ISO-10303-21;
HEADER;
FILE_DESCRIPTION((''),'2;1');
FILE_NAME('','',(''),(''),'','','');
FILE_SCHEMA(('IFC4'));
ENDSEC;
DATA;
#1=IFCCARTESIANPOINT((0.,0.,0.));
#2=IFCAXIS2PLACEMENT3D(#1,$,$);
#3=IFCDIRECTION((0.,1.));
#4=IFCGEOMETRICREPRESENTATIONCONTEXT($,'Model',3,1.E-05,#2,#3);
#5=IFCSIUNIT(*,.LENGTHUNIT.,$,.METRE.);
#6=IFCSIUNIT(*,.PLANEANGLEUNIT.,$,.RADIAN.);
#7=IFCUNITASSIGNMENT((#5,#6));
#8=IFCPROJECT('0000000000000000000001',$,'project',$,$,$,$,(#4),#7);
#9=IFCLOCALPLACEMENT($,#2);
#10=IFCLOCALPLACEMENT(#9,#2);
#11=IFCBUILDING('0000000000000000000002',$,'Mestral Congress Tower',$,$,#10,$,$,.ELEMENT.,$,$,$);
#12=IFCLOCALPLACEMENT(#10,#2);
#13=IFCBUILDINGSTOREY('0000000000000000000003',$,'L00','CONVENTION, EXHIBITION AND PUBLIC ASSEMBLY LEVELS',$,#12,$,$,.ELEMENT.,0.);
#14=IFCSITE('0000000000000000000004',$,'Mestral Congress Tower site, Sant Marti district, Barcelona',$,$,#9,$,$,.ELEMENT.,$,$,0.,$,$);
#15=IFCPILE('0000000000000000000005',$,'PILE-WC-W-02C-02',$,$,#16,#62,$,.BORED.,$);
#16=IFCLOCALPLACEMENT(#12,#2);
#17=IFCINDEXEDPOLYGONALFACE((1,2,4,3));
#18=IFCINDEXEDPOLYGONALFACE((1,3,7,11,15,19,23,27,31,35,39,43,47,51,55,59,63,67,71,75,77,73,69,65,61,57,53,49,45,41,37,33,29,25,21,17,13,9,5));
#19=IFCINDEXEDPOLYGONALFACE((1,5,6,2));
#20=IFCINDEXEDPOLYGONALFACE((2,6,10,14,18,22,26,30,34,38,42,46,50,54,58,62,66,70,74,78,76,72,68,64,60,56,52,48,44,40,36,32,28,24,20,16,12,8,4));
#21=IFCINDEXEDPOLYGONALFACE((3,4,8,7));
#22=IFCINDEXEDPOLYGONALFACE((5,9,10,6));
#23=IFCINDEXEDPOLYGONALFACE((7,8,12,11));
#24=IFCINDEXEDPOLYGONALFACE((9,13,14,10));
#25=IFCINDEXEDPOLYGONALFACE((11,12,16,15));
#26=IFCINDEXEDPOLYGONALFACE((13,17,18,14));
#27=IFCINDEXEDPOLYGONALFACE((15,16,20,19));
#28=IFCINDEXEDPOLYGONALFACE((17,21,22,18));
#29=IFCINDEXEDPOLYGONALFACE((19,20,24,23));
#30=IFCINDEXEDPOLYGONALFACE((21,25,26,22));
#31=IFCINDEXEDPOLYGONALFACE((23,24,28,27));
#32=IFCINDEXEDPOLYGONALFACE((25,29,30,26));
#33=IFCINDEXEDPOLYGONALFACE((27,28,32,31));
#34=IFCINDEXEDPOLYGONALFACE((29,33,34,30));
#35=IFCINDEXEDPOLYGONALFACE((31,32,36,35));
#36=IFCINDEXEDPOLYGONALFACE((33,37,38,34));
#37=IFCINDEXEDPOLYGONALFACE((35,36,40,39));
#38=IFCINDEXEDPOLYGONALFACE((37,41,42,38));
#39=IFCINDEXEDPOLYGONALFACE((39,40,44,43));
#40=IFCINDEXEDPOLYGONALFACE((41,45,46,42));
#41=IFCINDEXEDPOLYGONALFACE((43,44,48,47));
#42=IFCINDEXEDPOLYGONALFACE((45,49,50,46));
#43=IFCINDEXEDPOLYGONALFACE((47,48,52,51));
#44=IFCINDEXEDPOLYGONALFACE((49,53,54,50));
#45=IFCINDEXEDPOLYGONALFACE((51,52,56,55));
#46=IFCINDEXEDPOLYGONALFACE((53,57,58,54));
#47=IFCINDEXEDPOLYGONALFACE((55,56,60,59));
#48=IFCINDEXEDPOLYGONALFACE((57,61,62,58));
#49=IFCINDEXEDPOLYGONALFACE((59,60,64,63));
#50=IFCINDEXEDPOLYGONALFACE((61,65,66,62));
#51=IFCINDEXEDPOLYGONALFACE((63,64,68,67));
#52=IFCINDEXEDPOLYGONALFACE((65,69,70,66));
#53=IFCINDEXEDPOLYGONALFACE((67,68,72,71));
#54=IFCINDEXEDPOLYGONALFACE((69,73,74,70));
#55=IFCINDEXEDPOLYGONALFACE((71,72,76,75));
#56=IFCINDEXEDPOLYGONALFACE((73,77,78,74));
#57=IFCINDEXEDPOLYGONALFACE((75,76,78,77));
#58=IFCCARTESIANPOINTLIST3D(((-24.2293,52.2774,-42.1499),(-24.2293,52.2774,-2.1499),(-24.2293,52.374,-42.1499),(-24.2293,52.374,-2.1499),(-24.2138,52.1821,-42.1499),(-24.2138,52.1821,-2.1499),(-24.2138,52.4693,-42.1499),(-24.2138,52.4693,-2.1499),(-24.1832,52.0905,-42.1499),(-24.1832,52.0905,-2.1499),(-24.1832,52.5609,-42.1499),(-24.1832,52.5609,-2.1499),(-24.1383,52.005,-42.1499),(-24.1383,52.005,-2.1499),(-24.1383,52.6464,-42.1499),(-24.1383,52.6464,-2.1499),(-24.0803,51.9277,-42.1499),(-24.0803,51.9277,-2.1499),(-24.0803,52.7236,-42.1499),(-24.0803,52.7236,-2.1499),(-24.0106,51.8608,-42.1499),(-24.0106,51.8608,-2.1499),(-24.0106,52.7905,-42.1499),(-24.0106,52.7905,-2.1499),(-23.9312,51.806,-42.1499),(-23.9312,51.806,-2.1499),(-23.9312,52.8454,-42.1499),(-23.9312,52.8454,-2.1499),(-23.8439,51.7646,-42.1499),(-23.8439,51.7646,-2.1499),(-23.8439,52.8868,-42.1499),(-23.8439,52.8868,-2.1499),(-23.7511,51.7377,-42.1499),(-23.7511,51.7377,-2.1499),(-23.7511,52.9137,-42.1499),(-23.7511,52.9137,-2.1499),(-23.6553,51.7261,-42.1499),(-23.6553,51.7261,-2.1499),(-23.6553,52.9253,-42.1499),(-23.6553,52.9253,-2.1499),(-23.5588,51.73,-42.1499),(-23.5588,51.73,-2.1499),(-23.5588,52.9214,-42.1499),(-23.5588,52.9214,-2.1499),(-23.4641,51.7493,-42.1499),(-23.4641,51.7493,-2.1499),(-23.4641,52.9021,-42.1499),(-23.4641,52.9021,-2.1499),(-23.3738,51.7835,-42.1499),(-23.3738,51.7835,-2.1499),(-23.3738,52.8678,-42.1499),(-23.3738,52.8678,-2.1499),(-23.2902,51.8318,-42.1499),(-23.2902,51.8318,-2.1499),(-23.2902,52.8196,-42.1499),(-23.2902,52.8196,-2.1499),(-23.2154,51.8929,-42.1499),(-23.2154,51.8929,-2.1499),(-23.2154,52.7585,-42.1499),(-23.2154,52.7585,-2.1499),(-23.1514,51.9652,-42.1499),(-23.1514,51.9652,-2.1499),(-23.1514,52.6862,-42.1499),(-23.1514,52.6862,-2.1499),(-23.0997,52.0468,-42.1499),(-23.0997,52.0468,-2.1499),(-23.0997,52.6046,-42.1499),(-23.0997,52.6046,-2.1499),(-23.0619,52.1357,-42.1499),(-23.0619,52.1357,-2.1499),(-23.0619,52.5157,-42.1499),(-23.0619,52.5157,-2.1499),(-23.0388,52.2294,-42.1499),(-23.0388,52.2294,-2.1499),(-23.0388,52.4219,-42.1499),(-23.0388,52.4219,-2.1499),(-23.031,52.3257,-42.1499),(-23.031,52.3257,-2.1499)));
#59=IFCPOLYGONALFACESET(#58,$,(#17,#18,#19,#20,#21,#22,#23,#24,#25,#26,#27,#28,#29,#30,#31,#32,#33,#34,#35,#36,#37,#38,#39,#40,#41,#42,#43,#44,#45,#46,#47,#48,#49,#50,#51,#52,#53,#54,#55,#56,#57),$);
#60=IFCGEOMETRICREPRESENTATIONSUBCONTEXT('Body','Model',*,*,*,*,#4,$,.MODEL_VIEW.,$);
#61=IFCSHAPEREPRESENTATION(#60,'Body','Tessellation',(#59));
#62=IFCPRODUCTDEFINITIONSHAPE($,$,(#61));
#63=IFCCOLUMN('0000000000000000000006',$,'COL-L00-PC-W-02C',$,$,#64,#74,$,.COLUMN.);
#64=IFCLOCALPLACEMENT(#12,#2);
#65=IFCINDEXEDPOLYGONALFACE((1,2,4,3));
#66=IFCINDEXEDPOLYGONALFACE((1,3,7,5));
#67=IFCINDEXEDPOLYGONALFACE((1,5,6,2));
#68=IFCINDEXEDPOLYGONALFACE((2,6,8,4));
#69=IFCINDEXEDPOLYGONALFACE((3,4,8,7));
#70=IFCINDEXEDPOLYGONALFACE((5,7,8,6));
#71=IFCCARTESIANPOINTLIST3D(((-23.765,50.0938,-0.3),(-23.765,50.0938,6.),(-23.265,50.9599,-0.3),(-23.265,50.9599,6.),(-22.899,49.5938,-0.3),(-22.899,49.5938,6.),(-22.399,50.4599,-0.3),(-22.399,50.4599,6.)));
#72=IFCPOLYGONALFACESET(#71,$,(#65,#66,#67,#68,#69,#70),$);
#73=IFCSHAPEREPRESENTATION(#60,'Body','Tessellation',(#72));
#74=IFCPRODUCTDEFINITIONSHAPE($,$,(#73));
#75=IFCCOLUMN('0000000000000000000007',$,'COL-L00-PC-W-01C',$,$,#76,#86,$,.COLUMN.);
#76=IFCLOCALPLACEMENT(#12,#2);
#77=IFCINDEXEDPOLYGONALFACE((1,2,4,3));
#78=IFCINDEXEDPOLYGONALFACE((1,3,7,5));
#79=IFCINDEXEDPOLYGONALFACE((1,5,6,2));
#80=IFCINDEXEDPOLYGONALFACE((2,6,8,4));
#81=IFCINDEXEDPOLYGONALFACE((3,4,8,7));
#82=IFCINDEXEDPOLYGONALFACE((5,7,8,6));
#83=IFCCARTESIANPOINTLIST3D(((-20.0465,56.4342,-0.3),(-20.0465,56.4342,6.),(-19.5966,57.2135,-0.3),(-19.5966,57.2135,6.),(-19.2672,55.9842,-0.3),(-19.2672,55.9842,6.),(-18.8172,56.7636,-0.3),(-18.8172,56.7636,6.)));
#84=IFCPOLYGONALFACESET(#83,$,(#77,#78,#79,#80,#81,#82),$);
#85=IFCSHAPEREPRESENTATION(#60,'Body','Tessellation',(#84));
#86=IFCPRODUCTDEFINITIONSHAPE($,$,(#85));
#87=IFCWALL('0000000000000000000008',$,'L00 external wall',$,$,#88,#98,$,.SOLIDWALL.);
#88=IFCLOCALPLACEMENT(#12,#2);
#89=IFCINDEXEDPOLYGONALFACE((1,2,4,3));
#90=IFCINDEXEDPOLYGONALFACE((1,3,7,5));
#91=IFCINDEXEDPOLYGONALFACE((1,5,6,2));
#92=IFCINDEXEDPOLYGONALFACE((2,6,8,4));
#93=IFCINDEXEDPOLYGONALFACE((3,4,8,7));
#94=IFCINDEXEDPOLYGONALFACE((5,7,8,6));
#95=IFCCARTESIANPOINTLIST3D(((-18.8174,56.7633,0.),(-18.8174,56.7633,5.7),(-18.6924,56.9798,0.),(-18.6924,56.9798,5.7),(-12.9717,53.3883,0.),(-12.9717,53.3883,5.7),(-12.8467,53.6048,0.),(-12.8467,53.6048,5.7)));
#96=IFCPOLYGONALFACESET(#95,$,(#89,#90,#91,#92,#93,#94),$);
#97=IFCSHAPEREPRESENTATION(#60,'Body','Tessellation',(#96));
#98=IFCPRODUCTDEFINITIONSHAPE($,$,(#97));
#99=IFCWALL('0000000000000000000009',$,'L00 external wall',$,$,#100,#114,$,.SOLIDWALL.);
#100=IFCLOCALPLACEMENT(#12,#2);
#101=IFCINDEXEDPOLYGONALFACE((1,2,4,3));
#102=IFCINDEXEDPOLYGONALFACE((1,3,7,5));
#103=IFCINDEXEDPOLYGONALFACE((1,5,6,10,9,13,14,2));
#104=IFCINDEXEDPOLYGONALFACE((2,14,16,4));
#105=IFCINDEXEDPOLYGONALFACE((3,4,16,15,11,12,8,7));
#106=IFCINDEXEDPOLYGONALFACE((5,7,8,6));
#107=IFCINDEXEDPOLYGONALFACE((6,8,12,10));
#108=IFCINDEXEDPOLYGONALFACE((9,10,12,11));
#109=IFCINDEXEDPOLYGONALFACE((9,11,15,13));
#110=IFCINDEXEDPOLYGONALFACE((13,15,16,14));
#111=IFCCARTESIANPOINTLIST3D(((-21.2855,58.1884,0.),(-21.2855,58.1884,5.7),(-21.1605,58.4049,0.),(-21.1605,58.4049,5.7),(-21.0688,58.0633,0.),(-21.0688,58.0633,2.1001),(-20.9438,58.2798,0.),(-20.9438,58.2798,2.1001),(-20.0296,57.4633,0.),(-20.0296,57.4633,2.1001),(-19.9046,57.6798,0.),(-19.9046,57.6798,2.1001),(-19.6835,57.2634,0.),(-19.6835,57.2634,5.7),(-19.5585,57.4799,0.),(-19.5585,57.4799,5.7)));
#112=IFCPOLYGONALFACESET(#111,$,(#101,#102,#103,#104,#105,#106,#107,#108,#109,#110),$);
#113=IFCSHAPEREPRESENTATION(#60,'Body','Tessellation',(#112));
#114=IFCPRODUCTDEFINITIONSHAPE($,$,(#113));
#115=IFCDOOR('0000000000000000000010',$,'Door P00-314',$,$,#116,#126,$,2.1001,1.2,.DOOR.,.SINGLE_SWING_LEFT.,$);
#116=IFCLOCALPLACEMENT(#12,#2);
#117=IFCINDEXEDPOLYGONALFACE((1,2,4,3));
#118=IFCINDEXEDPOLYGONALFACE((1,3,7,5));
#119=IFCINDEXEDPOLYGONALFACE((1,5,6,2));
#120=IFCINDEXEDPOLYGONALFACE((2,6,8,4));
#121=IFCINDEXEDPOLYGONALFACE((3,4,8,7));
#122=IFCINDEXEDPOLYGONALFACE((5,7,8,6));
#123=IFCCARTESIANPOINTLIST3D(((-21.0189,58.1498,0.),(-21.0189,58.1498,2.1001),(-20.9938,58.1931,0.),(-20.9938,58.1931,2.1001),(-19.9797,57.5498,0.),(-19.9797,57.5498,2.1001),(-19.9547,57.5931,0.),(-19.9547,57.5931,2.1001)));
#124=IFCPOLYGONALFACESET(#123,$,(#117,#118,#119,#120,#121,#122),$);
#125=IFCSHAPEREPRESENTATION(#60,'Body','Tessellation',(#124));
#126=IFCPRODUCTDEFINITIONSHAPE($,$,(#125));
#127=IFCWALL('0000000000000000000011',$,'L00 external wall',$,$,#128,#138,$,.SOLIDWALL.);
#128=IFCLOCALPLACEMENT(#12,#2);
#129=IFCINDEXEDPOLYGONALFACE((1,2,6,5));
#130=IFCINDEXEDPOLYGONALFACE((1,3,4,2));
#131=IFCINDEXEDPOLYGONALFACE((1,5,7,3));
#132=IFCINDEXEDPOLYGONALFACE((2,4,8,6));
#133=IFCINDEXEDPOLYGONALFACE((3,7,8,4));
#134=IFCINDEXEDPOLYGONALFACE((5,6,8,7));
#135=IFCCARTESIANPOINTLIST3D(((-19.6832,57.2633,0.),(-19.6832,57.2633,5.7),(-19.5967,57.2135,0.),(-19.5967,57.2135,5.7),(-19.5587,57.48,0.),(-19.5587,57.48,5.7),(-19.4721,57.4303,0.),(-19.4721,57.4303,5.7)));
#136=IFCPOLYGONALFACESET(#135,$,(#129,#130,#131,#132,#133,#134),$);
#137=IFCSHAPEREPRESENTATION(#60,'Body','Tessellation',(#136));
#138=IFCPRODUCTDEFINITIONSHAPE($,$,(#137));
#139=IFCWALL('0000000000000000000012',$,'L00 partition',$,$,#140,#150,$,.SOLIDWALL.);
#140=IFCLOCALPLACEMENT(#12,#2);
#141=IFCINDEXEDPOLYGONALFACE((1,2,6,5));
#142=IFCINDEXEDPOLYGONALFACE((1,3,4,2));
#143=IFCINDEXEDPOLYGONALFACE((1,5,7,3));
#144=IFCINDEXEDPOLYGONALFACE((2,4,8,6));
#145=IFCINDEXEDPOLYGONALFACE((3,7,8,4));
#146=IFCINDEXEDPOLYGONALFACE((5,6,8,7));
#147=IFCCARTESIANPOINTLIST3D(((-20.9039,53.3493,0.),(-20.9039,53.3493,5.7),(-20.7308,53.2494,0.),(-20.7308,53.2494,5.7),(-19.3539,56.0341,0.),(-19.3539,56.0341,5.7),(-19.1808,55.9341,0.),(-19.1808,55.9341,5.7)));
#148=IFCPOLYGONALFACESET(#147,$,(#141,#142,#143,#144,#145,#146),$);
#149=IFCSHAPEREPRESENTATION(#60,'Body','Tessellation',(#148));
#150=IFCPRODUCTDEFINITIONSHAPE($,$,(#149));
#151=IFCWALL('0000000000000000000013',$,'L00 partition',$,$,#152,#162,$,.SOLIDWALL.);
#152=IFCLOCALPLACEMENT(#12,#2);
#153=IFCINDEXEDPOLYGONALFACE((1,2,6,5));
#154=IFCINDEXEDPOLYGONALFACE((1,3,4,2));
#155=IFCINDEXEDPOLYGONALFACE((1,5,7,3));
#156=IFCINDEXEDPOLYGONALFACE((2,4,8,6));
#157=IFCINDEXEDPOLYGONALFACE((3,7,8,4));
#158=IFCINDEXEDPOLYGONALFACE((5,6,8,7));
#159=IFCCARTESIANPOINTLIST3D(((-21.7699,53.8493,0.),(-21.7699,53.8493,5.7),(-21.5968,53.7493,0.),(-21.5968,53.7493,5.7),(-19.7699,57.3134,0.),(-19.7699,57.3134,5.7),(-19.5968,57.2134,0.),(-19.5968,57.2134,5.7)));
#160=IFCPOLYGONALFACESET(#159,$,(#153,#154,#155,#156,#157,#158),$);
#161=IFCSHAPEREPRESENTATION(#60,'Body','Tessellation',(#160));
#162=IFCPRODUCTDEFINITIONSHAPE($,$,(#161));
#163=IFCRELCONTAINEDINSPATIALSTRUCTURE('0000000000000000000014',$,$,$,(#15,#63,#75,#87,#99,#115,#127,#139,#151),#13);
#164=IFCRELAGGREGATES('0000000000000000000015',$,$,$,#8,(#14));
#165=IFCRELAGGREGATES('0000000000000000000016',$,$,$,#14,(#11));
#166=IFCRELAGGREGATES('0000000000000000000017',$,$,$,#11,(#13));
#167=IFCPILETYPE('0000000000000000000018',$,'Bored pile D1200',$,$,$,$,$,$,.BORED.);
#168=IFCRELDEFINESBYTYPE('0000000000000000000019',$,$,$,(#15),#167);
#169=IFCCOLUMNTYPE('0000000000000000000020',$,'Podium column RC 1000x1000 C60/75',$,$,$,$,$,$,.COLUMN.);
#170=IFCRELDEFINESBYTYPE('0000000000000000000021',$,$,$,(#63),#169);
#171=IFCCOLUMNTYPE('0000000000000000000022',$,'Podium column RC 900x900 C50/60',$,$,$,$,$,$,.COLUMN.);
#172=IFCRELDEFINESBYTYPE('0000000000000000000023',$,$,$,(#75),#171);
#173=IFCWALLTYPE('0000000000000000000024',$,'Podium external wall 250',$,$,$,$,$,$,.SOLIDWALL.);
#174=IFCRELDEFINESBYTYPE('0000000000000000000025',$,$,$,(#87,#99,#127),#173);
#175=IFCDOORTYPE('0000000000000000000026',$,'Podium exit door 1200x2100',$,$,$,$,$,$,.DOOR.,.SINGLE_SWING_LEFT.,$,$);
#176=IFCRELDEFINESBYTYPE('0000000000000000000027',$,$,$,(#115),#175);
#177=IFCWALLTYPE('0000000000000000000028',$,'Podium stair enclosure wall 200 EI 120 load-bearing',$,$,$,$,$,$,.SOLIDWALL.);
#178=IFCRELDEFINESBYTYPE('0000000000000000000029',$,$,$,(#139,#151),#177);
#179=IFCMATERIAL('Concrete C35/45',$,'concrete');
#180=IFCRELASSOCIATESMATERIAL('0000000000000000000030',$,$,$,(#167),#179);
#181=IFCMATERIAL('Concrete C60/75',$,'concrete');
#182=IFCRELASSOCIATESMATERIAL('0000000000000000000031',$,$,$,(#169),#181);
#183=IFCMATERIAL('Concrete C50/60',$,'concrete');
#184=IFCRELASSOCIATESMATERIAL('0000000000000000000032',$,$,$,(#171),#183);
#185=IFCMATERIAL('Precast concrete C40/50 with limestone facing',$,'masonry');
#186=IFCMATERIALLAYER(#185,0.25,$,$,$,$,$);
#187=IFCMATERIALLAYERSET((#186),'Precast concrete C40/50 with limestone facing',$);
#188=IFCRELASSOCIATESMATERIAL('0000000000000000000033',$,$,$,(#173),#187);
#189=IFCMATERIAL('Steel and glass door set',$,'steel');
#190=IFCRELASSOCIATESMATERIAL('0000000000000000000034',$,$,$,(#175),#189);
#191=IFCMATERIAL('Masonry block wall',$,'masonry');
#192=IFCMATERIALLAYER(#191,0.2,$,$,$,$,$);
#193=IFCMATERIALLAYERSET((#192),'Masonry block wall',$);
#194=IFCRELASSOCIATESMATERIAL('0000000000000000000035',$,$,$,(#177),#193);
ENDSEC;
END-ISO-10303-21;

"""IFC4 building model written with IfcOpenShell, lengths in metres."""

from ifc_helpers import new_model, si_unit, direction, frame, frame_2d, origin, origin_2d, place, context, subcontext, project, spatial, rectangle, circle, extrude, material, layer, layer_set, material_profile, profile_set, type_object, element, fill, save


model = new_model("IFC4")

# Units and contexts
model_context = context("Model", 3, precision=1e-05, world=origin(), true_north=direction((0.0, 1.0)))
body_context = subcontext(model_context, "Body", "Model", "MODEL_VIEW")
ifc_project = project(units=[si_unit("LENGTHUNIT", "METRE"), si_unit("PLANEANGLEUNIT", "RADIAN")], contexts=[model_context])

# Site, building, storey
site_placement = place(None, origin())
site = spatial("IfcSite", under=ifc_project, at=site_placement, Name="Mestral Congress Tower site, Sant Marti district, Barcelona", CompositionType="ELEMENT", RefElevation=0.0)
building_placement = place(site_placement, origin())
building = spatial("IfcBuilding", under=site, at=building_placement, Name="Mestral Congress Tower", CompositionType="ELEMENT")
storey_placement = place(building_placement, origin())
storey = spatial("IfcBuildingStorey", under=building, at=storey_placement, Name="L00", Description="CONVENTION, EXHIBITION AND PUBLIC ASSEMBLY LEVELS", CompositionType="ELEMENT", Elevation=0.0)

# Pile
ifc_material_1 = material(Name="Concrete C35/45", Category="concrete")
ifc_material_profile_1 = material_profile(ifc_material_1, circle(Radius=0.6001, at=origin_2d()), Name="D1200")
ifc_profile_set_1 = profile_set([ifc_material_profile_1], Name="Concrete C35/45")
pile_type = type_object("IfcPileType", Name="Bored pile D1200", PredefinedType="BORED", material=ifc_profile_set_1)
for number, where, z_axis, x_axis, name in (
    (1, (-23.6311, 52.3257, -2.1499), (0.0, 0.0, -1.0), (1.0, 0.0, 0.0), "PILE-WC-W-02C-02"),
):
    element("IfcPile", number, at=place(storey_placement, frame(where, z_axis=z_axis, x_axis=x_axis)), inside=storey, type_object=pile_type, Name=name, PredefinedType="BORED", context=body_context, shape_type="SweptSolid", body=[
        extrude(circle(Radius=0.6001, at=origin_2d()), origin(), (0.0, 0.0, 1.0), 40.0),
    ])

# Columns
ifc_material_2 = material(Name="Concrete C60/75", Category="concrete")
ifc_material_profile_2 = material_profile(ifc_material_2, rectangle(XDim=1.0, YDim=1.0, at=origin_2d()), Name="RC 1000x1000")
ifc_profile_set_2 = profile_set([ifc_material_profile_2], Name="Concrete C60/75")
column_type_1 = type_object("IfcColumnType", Name="Podium column RC 1000x1000 C60/75", PredefinedType="COLUMN", material=ifc_profile_set_2)
column_1_placement = place(storey_placement, frame((-23.082, 50.2769, -0.3), z_axis=(0.0, 0.0, 1.0), x_axis=(-0.5, -0.866025, 0.0)))
element("IfcColumn", 2, at=column_1_placement, inside=storey, type_object=column_type_1, Name="COL-L00-PC-W-02C", PredefinedType="COLUMN", context=body_context, shape_type="SweptSolid", body=[
    extrude(rectangle(XDim=1.0, YDim=1.0, at=origin_2d()), origin(), (0.0, 0.0, 1.0), 6.3),
])
ifc_material_3 = material(Name="Concrete C50/60", Category="concrete")
ifc_material_profile_3 = material_profile(ifc_material_3, rectangle(XDim=0.8999, YDim=0.8999, at=origin_2d()), Name="RC 900x900")
ifc_profile_set_3 = profile_set([ifc_material_profile_3], Name="Concrete C50/60")
column_type_2 = type_object("IfcColumnType", Name="Podium column RC 900x900 C50/60", PredefinedType="COLUMN", material=ifc_profile_set_3)
column_2_placement = place(storey_placement, frame((-19.4319, 56.5989, -0.3), z_axis=(0.0, 0.0, 1.0), x_axis=(-0.5, -0.866025, 0.0)))
element("IfcColumn", 3, at=column_2_placement, inside=storey, type_object=column_type_2, Name="COL-L00-PC-W-01C", PredefinedType="COLUMN", context=body_context, shape_type="SweptSolid", body=[
    extrude(rectangle(XDim=0.8999, YDim=0.8999, at=origin_2d()), origin(), (0.0, 0.0, 1.0), 6.3),
])

# Wall
ifc_material_4 = material(Name="Precast concrete C40/50 with limestone facing", Category="masonry")
ifc_layer_1 = layer(ifc_material_4, 0.25)
ifc_layer_set_1 = layer_set([ifc_layer_1], Name="Precast concrete C40/50 with limestone facing")
wall_type_1 = type_object("IfcWallType", Name="Podium external wall 250", PredefinedType="SOLIDWALL", material=ifc_layer_set_1)
wall_1_placement = place(storey_placement, frame((-18.7549, 56.8716, 0.0), z_axis=(0.0, 0.0, 1.0), x_axis=(0.866027, -0.499998, 0.0)))
element("IfcWall", 4, at=wall_1_placement, inside=storey, type_object=wall_type_1, Name="L00 external wall", PredefinedType="SOLIDWALL", context=body_context, shape_type="SweptSolid", body=[
    extrude(rectangle(XDim=6.75, YDim=0.25, at=frame_2d((3.375, 0.0))), origin(), (0.0, 0.0, 1.0), 5.7),
])

# Wall, opening, door
wall_2_placement = place(storey_placement, frame((-21.2229, 58.2966, 0.0), z_axis=(0.0, 0.0, 1.0), x_axis=(0.866001, -0.500042, 0.0)))
wall_2 = element("IfcWall", 5, at=wall_2_placement, inside=storey, type_object=wall_type_1, Name="L00 external wall", PredefinedType="SOLIDWALL", context=body_context, shape_type="SweptSolid", body=[
    extrude(rectangle(XDim=1.8499, YDim=0.25, at=frame_2d((0.9248, 0.0))), origin(), (0.0, 0.0, 1.0), 5.7),
])
opening_1_placement = place(wall_2_placement, frame((0.25, 0.0, 0.0)))
opening_1 = element("IfcOpeningElement", 6, at=opening_1_placement, cuts=wall_2, PredefinedType="OPENING", context=body_context, shape_type="SweptSolid", body=[
    extrude(rectangle(XDim=1.2, YDim=2.1001, at=frame_2d((0.6001, 1.05))), frame((0.0, 0.135, 0.0), z_axis=(0.0, -1.0, 0.0), x_axis=(1.0, 0.0, 0.0)), (0.0, 0.0, 1.0), 0.27),
])
ifc_material_5 = material(Name="Steel and glass door set", Category="steel")
door_type_1 = type_object("IfcDoorType", Name="Podium exit door 1200x2100", OperationType="SINGLE_SWING_LEFT", PredefinedType="DOOR", material=ifc_material_5)
door_1_placement = place(opening_1_placement, origin())
door_1 = element("IfcDoor", 7, at=door_1_placement, inside=storey, type_object=door_type_1, Name="Door P00-314", OperationType="SINGLE_SWING_LEFT", OverallHeight=2.1001, OverallWidth=1.2, PredefinedType="DOOR", context=body_context, shape_type="SweptSolid", body=[
    extrude(rectangle(XDim=1.2, YDim=2.1001, at=frame_2d((0.6001, 1.05))), frame((0.0, 0.0249, 0.0), z_axis=(0.0, -1.0, 0.0), x_axis=(1.0, 0.0, 0.0)), (0.0, 0.0, 1.0), 0.05),
])
fill(opening_1, door_1)

# Walls
wall_3_placement = place(storey_placement, frame((-19.6208, 57.3716, 0.0), z_axis=(0.0, 0.0, 1.0), x_axis=(0.867038, -0.498242, 0.0)))
element("IfcWall", 8, at=wall_3_placement, inside=storey, type_object=wall_type_1, Name="L00 external wall", PredefinedType="SOLIDWALL", context=body_context, shape_type="SweptSolid", body=[
    extrude(rectangle(XDim=0.0999, YDim=0.25, at=frame_2d((0.0498, 0.0))), origin(), (0.0, 0.0, 1.0), 5.7),
])
ifc_material_6 = material(Name="Masonry block wall", Category="masonry")
ifc_layer_2 = layer(ifc_material_6, 0.2)
ifc_layer_set_2 = layer_set([ifc_layer_2], Name="Masonry block wall")
wall_type_2 = type_object("IfcWallType", Name="Podium stair enclosure wall 200 EI 120 load-bearing", PredefinedType="SOLIDWALL", material=ifc_layer_set_2)
wall_4_placement = place(storey_placement, frame((-19.2673, 55.9841, 0.0), z_axis=(0.0, 0.0, 1.0), x_axis=(-0.499993, -0.86603, 0.0)))
element("IfcWall", 9, at=wall_4_placement, inside=storey, type_object=wall_type_2, Name="L00 partition", PredefinedType="SOLIDWALL", context=body_context, shape_type="SweptSolid", body=[
    extrude(rectangle(XDim=3.1001, YDim=0.2, at=frame_2d((1.55, 0.0))), origin(), (0.0, 0.0, 1.0), 5.7),
])
wall_5_placement = place(storey_placement, frame((-19.6833, 57.2634, 0.0), z_axis=(0.0, 0.0, 1.0), x_axis=(-0.499999, -0.866026, 0.0)))
element("IfcWall", 10, at=wall_5_placement, inside=storey, type_object=wall_type_2, Name="L00 partition", PredefinedType="SOLIDWALL", context=body_context, shape_type="SweptSolid", body=[
    extrude(rectangle(XDim=4.0, YDim=0.2, at=frame_2d((2.0, 0.0))), origin(), (0.0, 0.0, 1.0), 5.7),
])

save(model, "model.ifc")
